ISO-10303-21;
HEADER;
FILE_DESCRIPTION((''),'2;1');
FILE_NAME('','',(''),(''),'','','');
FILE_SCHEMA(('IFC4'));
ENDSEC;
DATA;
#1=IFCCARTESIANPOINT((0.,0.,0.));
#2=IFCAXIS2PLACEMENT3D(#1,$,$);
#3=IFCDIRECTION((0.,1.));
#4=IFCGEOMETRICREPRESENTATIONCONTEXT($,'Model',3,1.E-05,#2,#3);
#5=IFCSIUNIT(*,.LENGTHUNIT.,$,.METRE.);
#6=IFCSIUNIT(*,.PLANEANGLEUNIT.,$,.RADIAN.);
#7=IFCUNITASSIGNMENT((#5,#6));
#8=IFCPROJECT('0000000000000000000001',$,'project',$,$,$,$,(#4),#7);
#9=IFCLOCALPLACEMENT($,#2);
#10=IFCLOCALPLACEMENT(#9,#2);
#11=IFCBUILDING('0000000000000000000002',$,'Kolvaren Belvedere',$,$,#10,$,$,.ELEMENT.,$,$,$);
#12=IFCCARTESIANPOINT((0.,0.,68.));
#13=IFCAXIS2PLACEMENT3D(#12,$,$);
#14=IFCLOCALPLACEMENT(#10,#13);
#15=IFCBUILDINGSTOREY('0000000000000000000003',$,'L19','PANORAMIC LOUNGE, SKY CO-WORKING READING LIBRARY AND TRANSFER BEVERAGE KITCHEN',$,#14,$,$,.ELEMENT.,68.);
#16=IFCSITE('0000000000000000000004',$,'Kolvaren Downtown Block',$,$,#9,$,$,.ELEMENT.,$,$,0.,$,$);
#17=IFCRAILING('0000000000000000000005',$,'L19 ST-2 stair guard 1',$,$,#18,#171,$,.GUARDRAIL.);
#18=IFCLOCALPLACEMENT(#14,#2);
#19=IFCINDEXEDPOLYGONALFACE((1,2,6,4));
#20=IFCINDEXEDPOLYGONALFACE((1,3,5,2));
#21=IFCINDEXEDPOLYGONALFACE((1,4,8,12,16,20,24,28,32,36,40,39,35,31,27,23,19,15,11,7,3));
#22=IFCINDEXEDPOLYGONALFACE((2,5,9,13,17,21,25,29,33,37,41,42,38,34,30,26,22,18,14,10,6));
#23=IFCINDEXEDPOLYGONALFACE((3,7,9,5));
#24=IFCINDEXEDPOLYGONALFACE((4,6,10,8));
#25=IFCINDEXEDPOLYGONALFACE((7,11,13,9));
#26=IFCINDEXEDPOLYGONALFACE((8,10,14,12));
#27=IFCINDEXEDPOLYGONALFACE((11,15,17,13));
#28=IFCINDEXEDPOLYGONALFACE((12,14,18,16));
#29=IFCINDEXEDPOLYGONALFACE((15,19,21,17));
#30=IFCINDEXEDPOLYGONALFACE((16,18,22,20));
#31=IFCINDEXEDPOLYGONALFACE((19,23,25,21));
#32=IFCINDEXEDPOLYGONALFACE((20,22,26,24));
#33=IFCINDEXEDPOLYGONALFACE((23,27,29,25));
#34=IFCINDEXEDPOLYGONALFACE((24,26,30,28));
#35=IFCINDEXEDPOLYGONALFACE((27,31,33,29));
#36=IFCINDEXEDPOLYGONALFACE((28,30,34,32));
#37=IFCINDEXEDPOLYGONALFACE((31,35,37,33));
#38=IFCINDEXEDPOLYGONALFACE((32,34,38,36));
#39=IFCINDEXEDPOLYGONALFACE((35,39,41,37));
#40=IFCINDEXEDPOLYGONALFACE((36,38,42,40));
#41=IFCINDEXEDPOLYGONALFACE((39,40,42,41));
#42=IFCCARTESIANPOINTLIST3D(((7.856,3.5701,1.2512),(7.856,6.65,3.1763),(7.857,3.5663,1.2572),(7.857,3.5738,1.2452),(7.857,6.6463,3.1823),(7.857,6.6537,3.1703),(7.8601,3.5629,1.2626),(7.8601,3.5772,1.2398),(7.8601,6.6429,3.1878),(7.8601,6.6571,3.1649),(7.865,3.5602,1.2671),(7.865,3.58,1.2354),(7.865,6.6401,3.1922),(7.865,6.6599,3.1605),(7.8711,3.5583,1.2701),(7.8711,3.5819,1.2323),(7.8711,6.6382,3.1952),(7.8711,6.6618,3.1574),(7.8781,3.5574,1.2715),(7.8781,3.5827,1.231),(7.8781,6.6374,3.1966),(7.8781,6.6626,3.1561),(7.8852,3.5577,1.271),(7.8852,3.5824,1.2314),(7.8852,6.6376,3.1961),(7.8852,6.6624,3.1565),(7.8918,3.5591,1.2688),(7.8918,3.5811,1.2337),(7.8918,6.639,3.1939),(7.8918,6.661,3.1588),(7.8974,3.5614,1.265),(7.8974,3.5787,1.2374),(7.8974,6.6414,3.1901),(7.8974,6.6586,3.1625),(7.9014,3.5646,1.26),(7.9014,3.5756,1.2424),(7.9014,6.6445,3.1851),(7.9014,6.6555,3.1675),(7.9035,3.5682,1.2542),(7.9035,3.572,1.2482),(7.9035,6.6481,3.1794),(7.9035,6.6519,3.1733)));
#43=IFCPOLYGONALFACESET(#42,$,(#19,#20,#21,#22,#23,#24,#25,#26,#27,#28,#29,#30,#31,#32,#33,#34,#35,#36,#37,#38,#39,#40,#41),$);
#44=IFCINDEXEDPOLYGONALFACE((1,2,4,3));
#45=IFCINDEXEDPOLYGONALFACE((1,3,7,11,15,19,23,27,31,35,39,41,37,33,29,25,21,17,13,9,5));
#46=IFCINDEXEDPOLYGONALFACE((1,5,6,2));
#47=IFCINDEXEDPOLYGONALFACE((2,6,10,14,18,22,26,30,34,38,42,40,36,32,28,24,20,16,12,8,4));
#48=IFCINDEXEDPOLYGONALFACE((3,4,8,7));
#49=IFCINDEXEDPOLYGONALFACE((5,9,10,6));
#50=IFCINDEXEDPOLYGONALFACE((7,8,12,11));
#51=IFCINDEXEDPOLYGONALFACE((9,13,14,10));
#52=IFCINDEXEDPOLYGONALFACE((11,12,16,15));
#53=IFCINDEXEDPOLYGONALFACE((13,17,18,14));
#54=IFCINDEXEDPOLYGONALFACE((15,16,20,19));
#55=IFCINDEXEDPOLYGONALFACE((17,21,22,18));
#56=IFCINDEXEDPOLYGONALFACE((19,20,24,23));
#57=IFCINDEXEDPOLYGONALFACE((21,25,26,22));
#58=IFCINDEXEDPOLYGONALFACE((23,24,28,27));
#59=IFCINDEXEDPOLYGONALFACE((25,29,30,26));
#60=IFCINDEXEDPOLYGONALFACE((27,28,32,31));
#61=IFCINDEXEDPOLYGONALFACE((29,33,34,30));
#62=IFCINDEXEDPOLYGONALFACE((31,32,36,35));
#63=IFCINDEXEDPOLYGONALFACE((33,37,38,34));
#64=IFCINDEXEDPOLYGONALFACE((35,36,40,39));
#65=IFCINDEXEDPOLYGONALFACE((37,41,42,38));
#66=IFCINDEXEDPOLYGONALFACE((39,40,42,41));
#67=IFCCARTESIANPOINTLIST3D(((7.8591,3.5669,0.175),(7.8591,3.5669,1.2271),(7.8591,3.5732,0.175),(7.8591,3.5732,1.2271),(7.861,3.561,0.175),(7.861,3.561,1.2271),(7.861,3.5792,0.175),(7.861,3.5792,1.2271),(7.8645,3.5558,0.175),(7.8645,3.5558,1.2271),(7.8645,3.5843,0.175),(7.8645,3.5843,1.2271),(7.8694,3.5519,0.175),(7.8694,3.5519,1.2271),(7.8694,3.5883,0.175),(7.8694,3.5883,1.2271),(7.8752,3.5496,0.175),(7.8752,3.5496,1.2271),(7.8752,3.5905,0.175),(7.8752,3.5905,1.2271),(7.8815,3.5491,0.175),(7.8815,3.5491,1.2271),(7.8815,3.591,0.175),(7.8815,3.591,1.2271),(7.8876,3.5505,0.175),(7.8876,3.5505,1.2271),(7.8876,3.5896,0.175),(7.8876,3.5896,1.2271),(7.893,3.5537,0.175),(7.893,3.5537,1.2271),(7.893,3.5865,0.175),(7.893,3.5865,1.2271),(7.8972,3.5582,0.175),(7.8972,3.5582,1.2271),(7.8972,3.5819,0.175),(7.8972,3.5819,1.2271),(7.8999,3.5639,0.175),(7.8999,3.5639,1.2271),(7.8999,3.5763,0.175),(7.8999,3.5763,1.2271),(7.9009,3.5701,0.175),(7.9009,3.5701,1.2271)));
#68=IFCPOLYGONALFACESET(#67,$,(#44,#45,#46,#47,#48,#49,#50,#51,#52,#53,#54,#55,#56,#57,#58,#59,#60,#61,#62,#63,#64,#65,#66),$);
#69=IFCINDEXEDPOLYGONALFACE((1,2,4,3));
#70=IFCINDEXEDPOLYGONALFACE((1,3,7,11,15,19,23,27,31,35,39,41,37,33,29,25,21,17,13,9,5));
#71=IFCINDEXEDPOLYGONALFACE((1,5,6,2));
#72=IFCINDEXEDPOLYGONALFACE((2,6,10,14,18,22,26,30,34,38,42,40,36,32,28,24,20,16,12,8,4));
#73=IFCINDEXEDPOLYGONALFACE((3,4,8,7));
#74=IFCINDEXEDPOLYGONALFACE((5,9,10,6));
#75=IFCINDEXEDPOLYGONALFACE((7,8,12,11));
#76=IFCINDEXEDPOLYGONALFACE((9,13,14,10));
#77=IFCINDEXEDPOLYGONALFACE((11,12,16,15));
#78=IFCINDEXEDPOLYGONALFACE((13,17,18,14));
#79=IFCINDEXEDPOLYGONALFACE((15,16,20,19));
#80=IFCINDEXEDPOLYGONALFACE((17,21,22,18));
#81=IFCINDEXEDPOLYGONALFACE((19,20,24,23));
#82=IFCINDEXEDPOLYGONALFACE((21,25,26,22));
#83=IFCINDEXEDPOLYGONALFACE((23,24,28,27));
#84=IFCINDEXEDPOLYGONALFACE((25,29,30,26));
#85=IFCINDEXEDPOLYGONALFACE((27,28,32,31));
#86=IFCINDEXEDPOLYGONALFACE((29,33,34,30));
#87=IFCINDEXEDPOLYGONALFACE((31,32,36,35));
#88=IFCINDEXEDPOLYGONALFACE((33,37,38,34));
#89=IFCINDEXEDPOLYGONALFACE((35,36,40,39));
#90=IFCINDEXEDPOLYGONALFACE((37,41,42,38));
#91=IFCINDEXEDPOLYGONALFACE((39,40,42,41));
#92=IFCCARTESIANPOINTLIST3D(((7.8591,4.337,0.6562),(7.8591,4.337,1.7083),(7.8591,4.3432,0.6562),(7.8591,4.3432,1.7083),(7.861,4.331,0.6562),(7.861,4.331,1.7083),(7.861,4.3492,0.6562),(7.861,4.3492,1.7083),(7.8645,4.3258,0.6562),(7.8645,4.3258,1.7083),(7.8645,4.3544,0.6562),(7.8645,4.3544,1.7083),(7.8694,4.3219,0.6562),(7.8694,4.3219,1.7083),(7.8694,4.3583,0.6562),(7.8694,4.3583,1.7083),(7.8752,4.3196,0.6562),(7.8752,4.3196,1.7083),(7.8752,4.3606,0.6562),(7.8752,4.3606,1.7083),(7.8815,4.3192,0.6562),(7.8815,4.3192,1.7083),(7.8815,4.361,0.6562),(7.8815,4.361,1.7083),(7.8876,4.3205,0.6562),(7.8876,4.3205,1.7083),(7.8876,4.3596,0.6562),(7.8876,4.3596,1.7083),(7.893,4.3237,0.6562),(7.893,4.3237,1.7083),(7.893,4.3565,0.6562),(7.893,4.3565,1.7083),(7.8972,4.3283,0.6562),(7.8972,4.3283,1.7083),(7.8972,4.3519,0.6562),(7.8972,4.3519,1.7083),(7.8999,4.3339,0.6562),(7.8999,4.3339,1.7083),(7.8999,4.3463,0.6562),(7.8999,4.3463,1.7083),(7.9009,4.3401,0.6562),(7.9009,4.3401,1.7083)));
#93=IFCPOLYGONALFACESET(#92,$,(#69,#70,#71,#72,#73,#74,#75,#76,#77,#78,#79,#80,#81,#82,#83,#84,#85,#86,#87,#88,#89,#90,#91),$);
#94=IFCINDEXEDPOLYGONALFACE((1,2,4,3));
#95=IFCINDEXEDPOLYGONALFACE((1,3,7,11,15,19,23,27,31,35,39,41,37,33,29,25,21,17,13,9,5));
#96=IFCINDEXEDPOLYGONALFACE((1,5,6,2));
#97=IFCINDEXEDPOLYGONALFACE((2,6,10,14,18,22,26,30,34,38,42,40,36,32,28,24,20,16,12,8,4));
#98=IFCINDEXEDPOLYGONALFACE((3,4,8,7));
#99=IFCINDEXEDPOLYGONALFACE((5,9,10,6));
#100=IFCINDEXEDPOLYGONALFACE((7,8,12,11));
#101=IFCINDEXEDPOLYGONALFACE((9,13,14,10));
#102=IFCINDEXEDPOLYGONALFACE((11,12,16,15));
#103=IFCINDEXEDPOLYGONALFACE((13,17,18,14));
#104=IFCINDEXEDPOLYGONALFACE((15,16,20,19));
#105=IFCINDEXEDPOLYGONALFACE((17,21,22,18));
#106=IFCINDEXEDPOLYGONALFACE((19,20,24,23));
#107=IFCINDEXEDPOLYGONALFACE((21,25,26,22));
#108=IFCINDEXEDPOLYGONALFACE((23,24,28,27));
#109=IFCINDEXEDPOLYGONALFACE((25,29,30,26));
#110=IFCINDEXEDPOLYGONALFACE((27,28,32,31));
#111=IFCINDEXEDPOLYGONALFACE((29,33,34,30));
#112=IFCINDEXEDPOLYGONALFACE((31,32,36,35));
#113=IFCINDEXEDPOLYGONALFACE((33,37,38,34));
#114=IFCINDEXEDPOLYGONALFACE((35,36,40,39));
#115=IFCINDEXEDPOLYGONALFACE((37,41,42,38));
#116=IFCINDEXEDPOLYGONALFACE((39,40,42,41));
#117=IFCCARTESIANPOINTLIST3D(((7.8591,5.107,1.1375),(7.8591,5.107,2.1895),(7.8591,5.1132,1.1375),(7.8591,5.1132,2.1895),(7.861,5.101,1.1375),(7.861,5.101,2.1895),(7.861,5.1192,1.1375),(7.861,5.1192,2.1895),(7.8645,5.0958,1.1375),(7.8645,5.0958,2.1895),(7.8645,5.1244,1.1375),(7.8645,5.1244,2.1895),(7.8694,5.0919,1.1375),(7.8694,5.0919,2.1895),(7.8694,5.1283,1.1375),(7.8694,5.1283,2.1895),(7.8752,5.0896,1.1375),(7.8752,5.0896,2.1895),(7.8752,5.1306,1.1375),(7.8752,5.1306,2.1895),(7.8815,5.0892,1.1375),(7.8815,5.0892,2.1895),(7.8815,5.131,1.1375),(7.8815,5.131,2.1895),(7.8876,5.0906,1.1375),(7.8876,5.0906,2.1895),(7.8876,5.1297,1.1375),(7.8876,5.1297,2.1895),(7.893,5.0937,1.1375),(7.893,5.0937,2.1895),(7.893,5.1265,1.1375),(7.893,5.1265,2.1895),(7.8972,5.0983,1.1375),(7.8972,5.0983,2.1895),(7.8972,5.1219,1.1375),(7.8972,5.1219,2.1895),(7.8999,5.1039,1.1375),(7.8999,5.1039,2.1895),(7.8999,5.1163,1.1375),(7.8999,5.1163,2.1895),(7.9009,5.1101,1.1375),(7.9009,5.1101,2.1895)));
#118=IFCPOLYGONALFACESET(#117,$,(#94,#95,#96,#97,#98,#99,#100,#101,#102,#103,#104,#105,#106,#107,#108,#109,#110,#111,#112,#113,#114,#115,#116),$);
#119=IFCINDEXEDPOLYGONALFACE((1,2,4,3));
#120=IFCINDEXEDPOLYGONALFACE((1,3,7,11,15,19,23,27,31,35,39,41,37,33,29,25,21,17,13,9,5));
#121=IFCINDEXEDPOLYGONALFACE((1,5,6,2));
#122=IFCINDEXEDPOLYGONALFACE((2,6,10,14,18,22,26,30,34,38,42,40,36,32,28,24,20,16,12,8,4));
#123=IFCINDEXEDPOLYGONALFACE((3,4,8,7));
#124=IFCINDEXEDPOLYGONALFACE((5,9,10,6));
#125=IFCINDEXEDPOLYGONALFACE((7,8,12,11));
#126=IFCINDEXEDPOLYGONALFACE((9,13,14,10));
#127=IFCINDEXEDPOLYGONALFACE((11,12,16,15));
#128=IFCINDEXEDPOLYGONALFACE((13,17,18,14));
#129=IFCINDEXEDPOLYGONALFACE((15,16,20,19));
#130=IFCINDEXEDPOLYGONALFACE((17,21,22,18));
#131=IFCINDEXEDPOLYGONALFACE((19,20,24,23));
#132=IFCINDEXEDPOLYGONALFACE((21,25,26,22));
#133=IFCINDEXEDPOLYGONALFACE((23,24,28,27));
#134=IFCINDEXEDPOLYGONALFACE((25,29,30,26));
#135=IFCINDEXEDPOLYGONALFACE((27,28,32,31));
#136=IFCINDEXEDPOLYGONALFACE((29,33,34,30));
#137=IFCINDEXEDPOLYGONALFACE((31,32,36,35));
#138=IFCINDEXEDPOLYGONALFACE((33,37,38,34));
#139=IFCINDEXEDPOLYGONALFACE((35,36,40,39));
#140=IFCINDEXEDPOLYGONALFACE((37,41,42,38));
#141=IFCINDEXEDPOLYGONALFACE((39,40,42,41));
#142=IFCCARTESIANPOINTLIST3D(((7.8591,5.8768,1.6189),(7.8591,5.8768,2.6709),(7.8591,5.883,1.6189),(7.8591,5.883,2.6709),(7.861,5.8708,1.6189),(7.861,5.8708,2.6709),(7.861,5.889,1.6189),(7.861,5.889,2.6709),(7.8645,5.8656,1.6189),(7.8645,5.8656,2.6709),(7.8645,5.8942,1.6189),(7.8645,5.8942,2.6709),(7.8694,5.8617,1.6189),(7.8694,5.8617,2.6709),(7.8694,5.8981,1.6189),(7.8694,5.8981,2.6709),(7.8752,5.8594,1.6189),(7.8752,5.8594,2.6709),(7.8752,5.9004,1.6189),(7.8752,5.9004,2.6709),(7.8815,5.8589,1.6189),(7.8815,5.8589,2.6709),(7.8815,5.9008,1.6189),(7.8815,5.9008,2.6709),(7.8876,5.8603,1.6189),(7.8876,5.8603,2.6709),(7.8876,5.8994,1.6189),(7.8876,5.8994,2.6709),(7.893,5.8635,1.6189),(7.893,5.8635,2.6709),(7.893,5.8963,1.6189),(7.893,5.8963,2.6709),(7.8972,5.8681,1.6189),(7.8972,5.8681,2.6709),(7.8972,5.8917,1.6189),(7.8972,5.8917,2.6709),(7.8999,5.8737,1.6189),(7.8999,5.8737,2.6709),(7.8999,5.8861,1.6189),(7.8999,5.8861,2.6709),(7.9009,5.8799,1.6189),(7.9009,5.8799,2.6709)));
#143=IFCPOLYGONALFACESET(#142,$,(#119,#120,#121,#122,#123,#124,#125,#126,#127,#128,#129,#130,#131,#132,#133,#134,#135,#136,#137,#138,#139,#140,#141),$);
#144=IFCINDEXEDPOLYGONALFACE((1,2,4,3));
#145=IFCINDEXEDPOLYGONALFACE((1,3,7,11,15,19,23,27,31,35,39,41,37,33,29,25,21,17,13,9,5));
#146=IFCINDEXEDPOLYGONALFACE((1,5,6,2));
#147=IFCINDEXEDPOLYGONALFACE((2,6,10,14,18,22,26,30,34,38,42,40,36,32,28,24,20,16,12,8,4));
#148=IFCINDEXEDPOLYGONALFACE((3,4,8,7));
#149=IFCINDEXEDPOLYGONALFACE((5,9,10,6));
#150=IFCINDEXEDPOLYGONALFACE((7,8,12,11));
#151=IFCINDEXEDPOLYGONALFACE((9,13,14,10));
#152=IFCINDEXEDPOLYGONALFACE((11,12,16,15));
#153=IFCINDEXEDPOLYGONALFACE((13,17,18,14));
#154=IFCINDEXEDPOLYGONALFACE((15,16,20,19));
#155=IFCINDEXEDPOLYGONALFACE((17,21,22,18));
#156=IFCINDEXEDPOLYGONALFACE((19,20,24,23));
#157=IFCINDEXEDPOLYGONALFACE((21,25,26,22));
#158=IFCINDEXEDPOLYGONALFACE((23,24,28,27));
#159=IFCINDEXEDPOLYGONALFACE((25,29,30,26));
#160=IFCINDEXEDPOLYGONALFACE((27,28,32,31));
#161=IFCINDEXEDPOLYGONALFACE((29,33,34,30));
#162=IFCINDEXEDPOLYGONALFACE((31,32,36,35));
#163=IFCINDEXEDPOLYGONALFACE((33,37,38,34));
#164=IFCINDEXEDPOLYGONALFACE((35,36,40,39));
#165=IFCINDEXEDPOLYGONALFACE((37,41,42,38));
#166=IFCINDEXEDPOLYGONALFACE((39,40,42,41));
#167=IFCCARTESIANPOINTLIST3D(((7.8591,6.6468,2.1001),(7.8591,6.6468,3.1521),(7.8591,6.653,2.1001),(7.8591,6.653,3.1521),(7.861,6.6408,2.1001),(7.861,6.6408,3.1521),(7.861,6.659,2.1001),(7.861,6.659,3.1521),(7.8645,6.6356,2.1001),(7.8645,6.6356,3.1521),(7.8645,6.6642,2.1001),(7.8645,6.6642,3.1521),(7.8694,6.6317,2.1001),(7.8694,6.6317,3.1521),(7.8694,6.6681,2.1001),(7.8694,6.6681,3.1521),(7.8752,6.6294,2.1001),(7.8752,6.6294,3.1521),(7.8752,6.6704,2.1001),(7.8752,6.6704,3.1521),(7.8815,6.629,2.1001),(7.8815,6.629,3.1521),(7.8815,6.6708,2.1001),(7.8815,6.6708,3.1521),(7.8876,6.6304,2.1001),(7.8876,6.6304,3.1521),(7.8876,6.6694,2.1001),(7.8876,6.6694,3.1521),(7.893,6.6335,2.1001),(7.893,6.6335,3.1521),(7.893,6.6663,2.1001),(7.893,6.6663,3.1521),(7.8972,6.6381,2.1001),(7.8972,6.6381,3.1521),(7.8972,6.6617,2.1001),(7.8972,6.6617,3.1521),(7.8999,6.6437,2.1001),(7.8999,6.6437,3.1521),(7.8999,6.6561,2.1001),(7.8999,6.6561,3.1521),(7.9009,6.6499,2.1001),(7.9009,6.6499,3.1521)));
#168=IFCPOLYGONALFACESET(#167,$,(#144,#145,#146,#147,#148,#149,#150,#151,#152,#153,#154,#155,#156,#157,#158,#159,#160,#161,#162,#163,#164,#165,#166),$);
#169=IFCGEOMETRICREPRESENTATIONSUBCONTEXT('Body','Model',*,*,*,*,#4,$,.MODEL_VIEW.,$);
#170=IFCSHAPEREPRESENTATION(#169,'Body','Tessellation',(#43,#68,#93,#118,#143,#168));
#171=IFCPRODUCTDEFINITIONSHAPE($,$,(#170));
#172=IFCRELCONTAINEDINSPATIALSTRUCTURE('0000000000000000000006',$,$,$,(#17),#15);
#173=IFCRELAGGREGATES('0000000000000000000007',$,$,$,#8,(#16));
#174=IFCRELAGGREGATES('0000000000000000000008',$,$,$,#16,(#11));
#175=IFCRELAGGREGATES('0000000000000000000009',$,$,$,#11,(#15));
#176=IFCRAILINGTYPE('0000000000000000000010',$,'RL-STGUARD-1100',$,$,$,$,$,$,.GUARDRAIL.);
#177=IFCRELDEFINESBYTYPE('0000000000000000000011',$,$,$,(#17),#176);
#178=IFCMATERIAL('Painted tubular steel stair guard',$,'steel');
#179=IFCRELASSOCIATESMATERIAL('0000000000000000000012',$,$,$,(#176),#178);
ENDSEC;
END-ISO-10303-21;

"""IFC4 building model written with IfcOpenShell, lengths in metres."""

from ifc_helpers import new_model, si_unit, direction, frame, origin, origin_2d, place, context, subcontext, project, spatial, circle, extrude, material, type_object, element, save


model = new_model("IFC4")

# Units and contexts
model_context = context("Model", 3, precision=1e-05, world=origin(), true_north=direction((0.0, 1.0)))
body_context = subcontext(model_context, "Body", "Model", "MODEL_VIEW")
ifc_project = project(units=[si_unit("LENGTHUNIT", "METRE"), si_unit("PLANEANGLEUNIT", "RADIAN")], contexts=[model_context])

# Site, building, storey
site_placement = place(None, origin())
site = spatial("IfcSite", under=ifc_project, at=site_placement, Name="Kolvaren Downtown Block", CompositionType="ELEMENT", RefElevation=0.0)
building_placement = place(site_placement, origin())
building = spatial("IfcBuilding", under=site, at=building_placement, Name="Kolvaren Belvedere", CompositionType="ELEMENT")
storey_placement = place(building_placement, frame((0.0, 0.0, 68.0)))
storey = spatial("IfcBuildingStorey", under=building, at=storey_placement, Name="L19", Description="PANORAMIC LOUNGE, SKY CO-WORKING READING LIBRARY AND TRANSFER BEVERAGE KITCHEN", CompositionType="ELEMENT", Elevation=68.0)

# Railing
ifc_material_1 = material(Name="Painted tubular steel stair guard", Category="steel")
railing_type_1 = type_object("IfcRailingType", Name="RL-STGUARD-1100", PredefinedType="GUARDRAIL", material=ifc_material_1)
railing_1_placement = place(storey_placement, frame((7.8799, 3.5701, 0.175)))
element("IfcRailing", 1, at=railing_1_placement, inside=storey, type_object=railing_type_1, Name="L19 ST-2 stair guard 1", PredefinedType="GUARDRAIL", context=body_context, shape_type="SweptSolid", body=[
    extrude(circle(Radius=0.0239, at=origin_2d()), frame((0.0, 0.0, 1.0762), z_axis=(0.0, 0.847979, 0.530029), x_axis=(-1.0, 0.0, 0.0)), (0.0, 0.0, 1.0), 3.6321),
    extrude(circle(Radius=0.021, at=origin_2d()), origin(), (0.0, 0.0, 1.0), 1.052),
    extrude(circle(Radius=0.021, at=origin_2d()), frame((0.0, 0.77, 0.4812)), (0.0, 0.0, 1.0), 1.052),
    extrude(circle(Radius=0.021, at=origin_2d()), frame((0.0, 1.54, 0.9624)), (0.0, 0.0, 1.0), 1.052),
    extrude(circle(Radius=0.021, at=origin_2d()), frame((0.0, 2.3098, 1.4438)), (0.0, 0.0, 1.0), 1.052),
    extrude(circle(Radius=0.021, at=origin_2d()), frame((0.0, 3.0798, 1.925)), (0.0, 0.0, 1.0), 1.052),
])

save(model, "model.ifc")
